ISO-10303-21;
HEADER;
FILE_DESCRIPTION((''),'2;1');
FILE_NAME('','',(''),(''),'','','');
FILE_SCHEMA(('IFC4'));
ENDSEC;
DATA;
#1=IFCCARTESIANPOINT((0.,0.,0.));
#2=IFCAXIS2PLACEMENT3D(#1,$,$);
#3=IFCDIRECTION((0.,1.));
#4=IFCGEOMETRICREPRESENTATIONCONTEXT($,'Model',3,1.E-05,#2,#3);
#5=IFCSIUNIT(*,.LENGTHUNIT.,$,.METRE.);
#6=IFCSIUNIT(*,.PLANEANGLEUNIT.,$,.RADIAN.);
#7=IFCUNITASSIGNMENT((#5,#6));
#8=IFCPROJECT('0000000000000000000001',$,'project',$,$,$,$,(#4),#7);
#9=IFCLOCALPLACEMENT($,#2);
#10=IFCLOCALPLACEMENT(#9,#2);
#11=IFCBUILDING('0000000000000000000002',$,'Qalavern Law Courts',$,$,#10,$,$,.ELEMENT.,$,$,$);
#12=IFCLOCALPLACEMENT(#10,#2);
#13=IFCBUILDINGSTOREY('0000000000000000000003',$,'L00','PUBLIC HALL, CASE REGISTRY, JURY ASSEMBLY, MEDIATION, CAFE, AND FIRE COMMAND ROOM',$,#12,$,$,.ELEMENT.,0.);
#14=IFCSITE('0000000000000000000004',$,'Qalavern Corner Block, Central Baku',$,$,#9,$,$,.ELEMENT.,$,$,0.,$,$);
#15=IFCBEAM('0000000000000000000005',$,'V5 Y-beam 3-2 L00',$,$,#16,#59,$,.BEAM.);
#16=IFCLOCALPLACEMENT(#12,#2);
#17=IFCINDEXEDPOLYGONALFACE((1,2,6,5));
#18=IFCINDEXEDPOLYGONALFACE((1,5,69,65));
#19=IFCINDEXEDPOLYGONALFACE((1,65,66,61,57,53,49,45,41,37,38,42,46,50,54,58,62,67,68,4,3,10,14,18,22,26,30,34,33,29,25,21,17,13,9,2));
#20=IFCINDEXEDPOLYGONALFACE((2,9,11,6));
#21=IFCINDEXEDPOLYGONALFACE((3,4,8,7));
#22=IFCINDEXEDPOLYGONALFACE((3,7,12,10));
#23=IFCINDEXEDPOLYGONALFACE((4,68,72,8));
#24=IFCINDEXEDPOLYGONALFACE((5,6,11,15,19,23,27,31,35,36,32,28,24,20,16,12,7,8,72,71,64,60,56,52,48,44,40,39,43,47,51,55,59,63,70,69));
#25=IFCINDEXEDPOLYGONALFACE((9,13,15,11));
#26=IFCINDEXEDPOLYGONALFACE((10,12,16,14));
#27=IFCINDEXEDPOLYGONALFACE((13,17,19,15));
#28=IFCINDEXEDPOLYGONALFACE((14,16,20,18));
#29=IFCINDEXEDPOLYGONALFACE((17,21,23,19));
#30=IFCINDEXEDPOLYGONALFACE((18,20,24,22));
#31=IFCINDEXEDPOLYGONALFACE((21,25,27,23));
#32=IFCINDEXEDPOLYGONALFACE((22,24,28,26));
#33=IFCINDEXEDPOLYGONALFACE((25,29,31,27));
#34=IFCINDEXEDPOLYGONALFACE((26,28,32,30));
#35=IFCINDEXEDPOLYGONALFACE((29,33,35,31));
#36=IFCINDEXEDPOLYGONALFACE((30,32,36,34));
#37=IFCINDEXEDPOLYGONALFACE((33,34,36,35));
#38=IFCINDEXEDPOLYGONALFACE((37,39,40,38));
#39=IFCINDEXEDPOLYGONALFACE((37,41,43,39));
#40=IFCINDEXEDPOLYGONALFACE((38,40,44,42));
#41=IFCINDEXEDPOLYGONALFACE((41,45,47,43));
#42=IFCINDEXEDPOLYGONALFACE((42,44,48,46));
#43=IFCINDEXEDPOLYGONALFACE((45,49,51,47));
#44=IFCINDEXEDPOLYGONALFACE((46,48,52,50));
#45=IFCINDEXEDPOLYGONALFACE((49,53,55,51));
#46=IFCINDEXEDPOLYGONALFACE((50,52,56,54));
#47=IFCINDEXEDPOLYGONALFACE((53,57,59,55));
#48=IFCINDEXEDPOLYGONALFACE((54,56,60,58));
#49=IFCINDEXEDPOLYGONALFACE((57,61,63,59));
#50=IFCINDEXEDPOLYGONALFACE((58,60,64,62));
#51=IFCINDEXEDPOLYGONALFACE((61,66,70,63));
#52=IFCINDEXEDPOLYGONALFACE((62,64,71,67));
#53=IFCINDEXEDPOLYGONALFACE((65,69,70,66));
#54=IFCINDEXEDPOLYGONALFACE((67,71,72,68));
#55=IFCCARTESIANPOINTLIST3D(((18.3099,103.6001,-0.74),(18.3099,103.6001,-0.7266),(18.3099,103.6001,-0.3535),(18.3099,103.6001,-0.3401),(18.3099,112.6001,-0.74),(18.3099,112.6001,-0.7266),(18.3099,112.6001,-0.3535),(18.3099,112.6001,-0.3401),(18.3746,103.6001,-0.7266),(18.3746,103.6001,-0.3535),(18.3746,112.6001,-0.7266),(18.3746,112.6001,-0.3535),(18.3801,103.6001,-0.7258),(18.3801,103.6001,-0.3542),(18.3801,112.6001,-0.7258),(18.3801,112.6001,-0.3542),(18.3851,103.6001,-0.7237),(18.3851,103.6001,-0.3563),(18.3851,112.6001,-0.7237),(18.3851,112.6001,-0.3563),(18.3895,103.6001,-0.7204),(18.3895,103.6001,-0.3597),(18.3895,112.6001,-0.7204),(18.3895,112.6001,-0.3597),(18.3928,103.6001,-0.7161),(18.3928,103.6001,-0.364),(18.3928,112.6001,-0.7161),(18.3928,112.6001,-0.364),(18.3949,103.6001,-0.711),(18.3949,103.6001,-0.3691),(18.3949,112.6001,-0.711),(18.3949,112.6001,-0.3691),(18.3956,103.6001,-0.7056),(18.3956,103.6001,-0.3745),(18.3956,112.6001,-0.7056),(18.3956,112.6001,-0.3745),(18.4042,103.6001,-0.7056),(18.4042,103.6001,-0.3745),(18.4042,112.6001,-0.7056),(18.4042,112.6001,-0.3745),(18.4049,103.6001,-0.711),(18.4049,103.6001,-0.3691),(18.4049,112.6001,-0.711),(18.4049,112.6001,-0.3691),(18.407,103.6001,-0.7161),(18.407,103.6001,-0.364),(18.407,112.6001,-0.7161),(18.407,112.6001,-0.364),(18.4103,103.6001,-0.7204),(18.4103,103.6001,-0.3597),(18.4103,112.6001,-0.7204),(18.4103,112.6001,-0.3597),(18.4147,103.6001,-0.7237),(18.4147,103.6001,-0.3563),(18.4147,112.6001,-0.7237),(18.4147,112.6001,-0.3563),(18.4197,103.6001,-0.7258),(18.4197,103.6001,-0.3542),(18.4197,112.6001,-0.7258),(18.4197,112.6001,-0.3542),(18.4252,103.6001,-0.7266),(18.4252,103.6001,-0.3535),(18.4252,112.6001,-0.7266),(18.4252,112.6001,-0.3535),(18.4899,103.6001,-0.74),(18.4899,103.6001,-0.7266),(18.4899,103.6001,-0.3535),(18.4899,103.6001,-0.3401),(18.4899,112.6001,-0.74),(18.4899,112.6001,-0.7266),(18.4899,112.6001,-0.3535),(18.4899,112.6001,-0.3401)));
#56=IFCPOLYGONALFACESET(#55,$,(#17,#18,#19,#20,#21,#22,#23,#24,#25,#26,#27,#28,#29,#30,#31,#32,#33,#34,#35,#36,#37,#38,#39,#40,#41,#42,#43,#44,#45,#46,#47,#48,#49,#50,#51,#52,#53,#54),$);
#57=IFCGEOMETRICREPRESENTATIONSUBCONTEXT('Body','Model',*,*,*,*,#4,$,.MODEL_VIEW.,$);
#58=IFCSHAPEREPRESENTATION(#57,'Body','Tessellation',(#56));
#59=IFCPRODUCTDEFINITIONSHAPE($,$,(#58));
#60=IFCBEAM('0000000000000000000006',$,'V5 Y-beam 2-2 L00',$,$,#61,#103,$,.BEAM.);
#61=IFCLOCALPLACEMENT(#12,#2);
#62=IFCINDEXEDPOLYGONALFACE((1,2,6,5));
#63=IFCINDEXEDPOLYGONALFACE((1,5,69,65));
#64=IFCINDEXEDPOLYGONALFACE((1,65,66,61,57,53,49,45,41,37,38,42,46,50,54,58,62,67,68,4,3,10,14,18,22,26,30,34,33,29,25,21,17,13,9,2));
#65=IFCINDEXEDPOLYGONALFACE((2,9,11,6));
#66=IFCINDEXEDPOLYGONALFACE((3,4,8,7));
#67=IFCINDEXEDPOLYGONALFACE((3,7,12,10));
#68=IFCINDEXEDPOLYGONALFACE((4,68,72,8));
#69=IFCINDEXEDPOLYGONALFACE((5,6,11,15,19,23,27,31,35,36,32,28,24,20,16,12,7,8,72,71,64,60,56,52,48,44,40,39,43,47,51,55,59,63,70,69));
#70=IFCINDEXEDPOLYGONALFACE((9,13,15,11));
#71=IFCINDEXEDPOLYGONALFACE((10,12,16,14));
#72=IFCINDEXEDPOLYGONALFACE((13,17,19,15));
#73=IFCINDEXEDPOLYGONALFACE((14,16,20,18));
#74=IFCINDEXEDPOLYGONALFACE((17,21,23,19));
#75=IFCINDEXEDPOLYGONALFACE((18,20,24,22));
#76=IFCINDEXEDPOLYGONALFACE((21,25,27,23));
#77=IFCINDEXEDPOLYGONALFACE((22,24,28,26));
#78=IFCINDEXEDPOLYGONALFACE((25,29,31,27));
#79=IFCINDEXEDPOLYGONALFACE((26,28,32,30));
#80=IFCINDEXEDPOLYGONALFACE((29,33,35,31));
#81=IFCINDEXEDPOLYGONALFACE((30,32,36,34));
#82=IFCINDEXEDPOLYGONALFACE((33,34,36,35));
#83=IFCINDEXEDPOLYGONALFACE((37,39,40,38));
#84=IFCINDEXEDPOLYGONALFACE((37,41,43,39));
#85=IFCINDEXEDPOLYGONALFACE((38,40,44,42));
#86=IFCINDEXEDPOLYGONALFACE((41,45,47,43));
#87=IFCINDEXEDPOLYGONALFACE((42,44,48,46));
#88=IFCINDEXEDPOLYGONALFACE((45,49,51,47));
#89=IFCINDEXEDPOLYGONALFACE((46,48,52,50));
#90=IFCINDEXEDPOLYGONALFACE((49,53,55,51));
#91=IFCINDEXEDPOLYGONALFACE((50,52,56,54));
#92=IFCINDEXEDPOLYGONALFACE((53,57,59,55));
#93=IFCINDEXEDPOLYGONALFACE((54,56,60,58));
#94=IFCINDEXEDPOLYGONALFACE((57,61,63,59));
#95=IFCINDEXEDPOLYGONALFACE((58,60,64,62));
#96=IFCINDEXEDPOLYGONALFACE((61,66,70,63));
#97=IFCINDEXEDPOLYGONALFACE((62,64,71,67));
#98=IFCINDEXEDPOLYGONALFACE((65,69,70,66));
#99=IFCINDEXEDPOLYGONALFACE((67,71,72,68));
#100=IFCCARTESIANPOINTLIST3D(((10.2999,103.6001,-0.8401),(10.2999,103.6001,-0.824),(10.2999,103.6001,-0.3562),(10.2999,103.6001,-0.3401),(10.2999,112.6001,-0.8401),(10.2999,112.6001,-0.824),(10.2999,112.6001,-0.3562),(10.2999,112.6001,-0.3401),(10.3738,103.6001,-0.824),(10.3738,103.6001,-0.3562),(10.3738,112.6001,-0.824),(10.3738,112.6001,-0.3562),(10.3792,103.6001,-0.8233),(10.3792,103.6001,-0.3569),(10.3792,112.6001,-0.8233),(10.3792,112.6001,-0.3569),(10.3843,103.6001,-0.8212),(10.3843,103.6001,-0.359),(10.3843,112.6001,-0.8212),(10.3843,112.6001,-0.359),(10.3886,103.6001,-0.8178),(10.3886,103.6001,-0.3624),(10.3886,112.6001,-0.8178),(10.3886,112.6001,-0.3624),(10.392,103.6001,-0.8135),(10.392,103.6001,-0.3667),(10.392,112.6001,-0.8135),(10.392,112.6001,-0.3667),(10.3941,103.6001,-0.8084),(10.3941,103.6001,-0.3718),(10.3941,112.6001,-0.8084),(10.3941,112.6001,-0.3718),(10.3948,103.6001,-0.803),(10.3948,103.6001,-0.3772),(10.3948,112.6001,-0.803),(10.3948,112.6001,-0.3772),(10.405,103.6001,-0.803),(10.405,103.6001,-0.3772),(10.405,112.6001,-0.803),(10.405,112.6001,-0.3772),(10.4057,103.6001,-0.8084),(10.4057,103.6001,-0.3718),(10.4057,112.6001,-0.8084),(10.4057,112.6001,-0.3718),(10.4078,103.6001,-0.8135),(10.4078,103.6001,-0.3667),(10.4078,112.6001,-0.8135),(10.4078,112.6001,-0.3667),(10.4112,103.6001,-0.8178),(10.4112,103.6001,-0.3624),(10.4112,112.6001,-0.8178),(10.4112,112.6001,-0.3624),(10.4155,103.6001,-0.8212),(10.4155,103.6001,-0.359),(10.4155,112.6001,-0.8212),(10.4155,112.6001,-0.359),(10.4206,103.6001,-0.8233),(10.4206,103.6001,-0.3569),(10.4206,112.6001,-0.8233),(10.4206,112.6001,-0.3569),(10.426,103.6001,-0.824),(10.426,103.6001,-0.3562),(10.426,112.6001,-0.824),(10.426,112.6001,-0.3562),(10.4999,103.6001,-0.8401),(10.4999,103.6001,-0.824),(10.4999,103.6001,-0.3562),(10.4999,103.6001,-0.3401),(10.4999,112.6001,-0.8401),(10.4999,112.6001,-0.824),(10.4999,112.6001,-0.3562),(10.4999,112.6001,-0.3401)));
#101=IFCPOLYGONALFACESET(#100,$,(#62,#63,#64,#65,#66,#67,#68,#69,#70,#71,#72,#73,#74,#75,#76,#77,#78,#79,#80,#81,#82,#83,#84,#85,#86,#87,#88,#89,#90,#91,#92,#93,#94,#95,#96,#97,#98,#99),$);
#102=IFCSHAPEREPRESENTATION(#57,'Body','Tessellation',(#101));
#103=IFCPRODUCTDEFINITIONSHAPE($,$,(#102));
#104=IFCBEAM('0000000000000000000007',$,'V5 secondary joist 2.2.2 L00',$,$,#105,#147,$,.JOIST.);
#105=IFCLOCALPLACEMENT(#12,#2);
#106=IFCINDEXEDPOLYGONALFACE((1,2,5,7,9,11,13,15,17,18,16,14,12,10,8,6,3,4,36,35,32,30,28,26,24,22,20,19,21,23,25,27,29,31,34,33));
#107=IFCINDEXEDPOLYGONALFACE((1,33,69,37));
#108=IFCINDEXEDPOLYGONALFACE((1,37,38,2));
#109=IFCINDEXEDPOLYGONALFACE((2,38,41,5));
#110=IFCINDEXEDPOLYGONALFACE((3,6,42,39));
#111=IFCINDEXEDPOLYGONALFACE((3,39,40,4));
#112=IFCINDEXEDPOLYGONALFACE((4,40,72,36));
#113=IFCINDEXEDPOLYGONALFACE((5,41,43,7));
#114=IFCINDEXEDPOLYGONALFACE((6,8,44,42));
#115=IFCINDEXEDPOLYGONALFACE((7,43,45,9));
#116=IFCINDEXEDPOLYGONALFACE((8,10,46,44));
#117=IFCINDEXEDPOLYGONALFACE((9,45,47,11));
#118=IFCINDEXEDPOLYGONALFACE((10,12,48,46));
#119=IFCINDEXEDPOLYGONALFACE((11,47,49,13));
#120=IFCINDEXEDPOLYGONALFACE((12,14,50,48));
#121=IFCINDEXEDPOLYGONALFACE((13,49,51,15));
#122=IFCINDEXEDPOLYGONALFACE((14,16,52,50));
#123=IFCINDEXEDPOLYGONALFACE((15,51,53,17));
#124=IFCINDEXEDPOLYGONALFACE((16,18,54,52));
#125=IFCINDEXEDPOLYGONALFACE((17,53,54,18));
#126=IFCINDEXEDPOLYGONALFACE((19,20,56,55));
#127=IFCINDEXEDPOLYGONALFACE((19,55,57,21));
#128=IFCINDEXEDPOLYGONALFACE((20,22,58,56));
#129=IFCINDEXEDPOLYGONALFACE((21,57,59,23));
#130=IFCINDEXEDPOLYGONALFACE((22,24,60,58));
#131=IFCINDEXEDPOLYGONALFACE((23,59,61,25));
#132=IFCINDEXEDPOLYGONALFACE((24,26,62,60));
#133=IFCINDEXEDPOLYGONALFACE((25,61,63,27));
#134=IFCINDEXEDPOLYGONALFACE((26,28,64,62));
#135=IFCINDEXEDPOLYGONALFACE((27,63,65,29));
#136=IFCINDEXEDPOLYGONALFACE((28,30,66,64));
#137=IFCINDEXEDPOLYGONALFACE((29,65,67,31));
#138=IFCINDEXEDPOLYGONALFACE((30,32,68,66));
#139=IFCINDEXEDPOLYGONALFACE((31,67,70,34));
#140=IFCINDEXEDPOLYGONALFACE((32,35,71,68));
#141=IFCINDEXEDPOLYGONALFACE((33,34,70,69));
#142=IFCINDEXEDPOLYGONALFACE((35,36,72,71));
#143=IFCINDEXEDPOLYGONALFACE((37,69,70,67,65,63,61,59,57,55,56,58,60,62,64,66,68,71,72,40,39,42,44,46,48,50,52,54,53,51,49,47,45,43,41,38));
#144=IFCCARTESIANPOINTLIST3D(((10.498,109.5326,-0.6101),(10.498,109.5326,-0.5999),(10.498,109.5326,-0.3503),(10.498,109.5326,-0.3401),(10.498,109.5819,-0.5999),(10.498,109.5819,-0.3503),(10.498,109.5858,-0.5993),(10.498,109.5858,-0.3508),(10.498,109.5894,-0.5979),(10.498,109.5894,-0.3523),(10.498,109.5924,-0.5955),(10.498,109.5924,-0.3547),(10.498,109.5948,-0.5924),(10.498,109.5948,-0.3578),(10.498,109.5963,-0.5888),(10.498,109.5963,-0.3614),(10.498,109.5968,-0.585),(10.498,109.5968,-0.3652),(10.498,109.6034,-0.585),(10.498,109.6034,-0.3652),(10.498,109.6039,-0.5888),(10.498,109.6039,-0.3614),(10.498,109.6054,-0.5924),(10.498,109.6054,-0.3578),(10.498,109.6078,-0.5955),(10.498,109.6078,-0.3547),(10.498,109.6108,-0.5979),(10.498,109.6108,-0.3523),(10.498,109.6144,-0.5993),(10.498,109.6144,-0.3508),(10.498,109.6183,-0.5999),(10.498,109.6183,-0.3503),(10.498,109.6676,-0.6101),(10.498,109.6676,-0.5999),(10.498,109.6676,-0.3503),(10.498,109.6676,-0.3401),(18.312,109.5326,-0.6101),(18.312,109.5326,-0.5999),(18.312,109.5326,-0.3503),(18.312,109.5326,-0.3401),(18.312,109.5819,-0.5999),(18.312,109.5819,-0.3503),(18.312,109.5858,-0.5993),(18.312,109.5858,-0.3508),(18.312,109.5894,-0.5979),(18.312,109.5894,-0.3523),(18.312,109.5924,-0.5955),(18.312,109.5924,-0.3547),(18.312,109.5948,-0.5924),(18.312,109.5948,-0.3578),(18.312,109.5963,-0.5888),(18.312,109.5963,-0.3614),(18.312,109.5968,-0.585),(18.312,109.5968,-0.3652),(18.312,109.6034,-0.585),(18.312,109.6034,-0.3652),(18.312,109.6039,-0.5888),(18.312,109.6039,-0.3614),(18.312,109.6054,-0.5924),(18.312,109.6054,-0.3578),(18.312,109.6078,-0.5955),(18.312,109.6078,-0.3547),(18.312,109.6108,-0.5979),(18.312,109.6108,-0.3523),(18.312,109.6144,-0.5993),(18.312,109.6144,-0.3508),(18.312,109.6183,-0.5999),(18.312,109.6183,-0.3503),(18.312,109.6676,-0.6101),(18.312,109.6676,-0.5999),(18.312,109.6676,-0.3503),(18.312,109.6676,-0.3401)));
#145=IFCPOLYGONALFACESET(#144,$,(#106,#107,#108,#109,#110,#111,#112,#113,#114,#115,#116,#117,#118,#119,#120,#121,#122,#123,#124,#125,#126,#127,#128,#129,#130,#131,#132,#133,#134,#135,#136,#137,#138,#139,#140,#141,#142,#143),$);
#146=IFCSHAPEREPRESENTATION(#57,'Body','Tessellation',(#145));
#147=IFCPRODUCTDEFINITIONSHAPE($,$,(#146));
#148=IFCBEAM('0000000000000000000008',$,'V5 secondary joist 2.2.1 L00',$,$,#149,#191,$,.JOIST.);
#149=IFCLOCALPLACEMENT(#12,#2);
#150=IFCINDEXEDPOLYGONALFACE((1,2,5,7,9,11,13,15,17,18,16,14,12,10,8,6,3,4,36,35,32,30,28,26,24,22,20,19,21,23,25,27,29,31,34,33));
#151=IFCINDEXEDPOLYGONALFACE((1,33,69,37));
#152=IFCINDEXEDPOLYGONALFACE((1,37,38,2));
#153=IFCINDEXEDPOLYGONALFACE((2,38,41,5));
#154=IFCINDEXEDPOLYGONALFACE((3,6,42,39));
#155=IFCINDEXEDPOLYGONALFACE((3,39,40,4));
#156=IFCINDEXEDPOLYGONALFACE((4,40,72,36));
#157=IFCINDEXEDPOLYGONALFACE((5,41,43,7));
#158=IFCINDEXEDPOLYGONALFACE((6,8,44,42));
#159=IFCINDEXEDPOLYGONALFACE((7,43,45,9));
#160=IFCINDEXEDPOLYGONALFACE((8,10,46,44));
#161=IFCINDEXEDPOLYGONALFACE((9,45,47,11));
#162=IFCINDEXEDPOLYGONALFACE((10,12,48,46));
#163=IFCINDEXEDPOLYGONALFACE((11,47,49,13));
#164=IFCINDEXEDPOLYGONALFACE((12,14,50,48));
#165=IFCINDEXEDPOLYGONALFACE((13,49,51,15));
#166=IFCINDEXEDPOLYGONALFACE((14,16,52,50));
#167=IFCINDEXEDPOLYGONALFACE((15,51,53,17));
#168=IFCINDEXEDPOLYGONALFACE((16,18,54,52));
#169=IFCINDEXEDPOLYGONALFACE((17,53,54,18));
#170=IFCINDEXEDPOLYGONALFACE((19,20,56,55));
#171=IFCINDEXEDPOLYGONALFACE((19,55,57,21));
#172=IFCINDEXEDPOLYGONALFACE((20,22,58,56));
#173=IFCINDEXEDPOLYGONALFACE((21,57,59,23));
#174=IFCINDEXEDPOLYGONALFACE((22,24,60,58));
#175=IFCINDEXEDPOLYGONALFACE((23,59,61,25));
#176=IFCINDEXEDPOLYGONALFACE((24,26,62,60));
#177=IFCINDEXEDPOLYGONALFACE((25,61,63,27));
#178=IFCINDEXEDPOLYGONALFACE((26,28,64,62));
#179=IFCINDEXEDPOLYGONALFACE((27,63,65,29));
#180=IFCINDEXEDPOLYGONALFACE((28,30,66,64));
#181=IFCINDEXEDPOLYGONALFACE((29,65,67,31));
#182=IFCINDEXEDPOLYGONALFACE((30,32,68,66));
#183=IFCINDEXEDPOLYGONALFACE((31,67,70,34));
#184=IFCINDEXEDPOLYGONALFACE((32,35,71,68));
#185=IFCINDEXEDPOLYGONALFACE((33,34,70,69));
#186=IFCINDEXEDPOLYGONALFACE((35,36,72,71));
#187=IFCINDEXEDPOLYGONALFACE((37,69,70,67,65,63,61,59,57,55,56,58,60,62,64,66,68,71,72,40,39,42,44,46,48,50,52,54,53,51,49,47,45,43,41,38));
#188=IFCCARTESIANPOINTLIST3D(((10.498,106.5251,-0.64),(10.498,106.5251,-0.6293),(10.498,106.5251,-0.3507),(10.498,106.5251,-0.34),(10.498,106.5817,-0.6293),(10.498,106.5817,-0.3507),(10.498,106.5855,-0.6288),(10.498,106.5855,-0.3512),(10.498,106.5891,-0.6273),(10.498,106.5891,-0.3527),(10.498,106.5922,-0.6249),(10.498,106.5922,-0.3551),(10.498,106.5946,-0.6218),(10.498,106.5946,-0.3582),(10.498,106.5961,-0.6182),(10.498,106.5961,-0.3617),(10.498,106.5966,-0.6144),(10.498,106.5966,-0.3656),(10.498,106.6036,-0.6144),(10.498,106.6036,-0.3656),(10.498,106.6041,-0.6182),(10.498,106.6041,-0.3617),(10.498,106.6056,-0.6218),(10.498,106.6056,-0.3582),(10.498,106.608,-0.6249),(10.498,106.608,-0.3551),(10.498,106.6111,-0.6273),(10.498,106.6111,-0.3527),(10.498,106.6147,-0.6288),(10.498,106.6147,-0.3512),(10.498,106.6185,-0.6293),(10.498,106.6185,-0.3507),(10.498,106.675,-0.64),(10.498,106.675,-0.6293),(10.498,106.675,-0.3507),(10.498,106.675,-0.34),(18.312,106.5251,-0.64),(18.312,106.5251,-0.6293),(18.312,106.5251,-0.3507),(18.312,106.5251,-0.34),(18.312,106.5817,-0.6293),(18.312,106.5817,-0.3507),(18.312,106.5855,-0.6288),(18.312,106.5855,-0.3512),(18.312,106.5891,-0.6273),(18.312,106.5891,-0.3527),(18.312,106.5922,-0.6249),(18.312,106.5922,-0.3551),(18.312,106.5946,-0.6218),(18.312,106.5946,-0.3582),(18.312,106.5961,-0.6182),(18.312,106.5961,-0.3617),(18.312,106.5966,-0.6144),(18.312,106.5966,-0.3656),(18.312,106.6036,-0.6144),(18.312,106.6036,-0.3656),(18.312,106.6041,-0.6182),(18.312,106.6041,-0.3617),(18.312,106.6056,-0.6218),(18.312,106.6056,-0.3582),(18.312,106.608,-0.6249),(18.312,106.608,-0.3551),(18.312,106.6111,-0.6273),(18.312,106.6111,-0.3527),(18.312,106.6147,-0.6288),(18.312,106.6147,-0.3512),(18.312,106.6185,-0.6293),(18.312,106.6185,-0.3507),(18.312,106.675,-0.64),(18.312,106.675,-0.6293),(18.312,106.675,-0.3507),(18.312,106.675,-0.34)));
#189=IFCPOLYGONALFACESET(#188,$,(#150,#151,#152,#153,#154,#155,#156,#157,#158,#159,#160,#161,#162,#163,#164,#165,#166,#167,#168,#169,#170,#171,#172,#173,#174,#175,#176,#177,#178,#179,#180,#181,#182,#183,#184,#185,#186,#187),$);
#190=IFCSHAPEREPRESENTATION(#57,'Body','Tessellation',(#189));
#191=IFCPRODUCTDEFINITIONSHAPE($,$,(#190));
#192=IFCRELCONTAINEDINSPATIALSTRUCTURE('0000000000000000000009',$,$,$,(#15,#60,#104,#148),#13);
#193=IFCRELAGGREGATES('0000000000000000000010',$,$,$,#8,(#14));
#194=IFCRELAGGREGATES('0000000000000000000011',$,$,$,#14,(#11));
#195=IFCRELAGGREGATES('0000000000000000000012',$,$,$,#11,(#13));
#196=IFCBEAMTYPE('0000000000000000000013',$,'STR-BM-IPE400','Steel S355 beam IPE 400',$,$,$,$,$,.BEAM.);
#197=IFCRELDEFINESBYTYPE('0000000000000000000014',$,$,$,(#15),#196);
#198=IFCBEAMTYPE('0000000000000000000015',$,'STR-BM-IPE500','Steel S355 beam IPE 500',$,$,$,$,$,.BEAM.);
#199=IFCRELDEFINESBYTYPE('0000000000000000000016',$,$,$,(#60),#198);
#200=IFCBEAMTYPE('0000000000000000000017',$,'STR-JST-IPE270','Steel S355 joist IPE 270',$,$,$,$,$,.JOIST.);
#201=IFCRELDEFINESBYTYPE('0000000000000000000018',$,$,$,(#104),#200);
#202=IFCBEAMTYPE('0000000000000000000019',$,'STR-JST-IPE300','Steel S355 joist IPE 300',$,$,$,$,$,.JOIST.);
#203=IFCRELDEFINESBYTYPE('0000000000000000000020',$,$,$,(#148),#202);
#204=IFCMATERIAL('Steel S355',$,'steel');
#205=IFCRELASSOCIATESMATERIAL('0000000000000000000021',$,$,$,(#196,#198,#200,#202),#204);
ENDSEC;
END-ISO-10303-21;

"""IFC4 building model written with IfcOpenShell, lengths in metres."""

from ifc_helpers import new_model, si_unit, direction, frame, origin, origin_2d, place, context, subcontext, project, spatial, i_section, extrude, material, material_profile, profile_set, type_object, element, save


model = new_model("IFC4")

# Units and contexts
model_context = context("Model", 3, precision=1e-05, world=origin(), true_north=direction((0.0, 1.0)))
body_context = subcontext(model_context, "Body", "Model", "MODEL_VIEW")
ifc_project = project(units=[si_unit("LENGTHUNIT", "METRE"), si_unit("PLANEANGLEUNIT", "RADIAN")], contexts=[model_context])

# Site, building, storey
site_placement = place(None, origin())
site = spatial("IfcSite", under=ifc_project, at=site_placement, Name="Qalavern Corner Block, Central Baku", CompositionType="ELEMENT", RefElevation=0.0)
building_placement = place(site_placement, origin())
building = spatial("IfcBuilding", under=site, at=building_placement, Name="Qalavern Law Courts", CompositionType="ELEMENT")
storey_placement = place(building_placement, origin())
storey = spatial("IfcBuildingStorey", under=building, at=storey_placement, Name="L00", Description="PUBLIC HALL, CASE REGISTRY, JURY ASSEMBLY, MEDIATION, CAFE, AND FIRE COMMAND ROOM", CompositionType="ELEMENT", Elevation=0.0)

# Beams
ifc_material_1 = material(Name="Steel S355", Category="steel")
ifc_material_profile_1 = material_profile(ifc_material_1, i_section(OverallWidth=0.1799, OverallDepth=0.3999, WebThickness=0.0085, FlangeThickness=0.0134, FilletRadius=0.021, at=origin_2d()), Name="IPE 400")
ifc_profile_set_1 = profile_set([ifc_material_profile_1], Name="Steel S355")
beam_type_1 = type_object("IfcBeamType", Name="STR-BM-IPE400", Description="Steel S355 beam IPE 400", PredefinedType="BEAM", material=ifc_profile_set_1)
beam_1_placement = place(storey_placement, frame((18.3999, 103.6001, -0.54), z_axis=(0.0, 1.0, 0.0), x_axis=(-1.0, 0.0, 0.0)))
element("IfcBeam", 1, at=beam_1_placement, inside=storey, type_object=beam_type_1, Name="V5 Y-beam 3-2 L00", PredefinedType="BEAM", context=body_context, shape_type="SweptSolid", body=[
    extrude(i_section(OverallWidth=0.1799, OverallDepth=0.3999, WebThickness=0.0085, FlangeThickness=0.0134, FilletRadius=0.021, at=origin_2d()), origin(), (0.0, 0.0, 1.0), 9.0),
])
ifc_material_profile_2 = material_profile(ifc_material_1, i_section(OverallWidth=0.2, OverallDepth=0.5, WebThickness=0.0103, FlangeThickness=0.0161, FilletRadius=0.021, at=origin_2d()), Name="IPE 500")
ifc_profile_set_2 = profile_set([ifc_material_profile_2], Name="Steel S355")
beam_type_2 = type_object("IfcBeamType", Name="STR-BM-IPE500", Description="Steel S355 beam IPE 500", PredefinedType="BEAM", material=ifc_profile_set_2)
beam_2_placement = place(storey_placement, frame((10.3999, 103.6001, -0.5901), z_axis=(0.0, 1.0, 0.0), x_axis=(-1.0, 0.0, 0.0)))
element("IfcBeam", 2, at=beam_2_placement, inside=storey, type_object=beam_type_2, Name="V5 Y-beam 2-2 L00", PredefinedType="BEAM", context=body_context, shape_type="SweptSolid", body=[
    extrude(i_section(OverallWidth=0.2, OverallDepth=0.5, WebThickness=0.0103, FlangeThickness=0.0161, FilletRadius=0.021, at=origin_2d()), origin(), (0.0, 0.0, 1.0), 9.0),
])
ifc_material_profile_3 = material_profile(ifc_material_1, i_section(OverallWidth=0.135, OverallDepth=0.27, WebThickness=0.0066, FlangeThickness=0.0103, FilletRadius=0.0149, at=origin_2d()), Name="IPE 270")
ifc_profile_set_3 = profile_set([ifc_material_profile_3], Name="Steel S355")
beam_type_3 = type_object("IfcBeamType", Name="STR-JST-IPE270", Description="Steel S355 joist IPE 270", PredefinedType="JOIST", material=ifc_profile_set_3)
beam_3_placement = place(storey_placement, frame((10.498, 109.6001, -0.4751), z_axis=(1.0, 0.0, 0.0), x_axis=(0.0, 1.0, 0.0)))
element("IfcBeam", 3, at=beam_3_placement, inside=storey, type_object=beam_type_3, Name="V5 secondary joist 2.2.2 L00", PredefinedType="JOIST", context=body_context, shape_type="SweptSolid", body=[
    extrude(i_section(OverallWidth=0.135, OverallDepth=0.27, WebThickness=0.0066, FlangeThickness=0.0103, FilletRadius=0.0149, at=origin_2d()), origin(), (0.0, 0.0, 1.0), 7.814),
])
ifc_material_profile_4 = material_profile(ifc_material_1, i_section(OverallWidth=0.1499, OverallDepth=0.3, WebThickness=0.0071, FlangeThickness=0.0107, FilletRadius=0.0149, at=origin_2d()), Name="IPE 300")
ifc_profile_set_4 = profile_set([ifc_material_profile_4], Name="Steel S355")
beam_type_4 = type_object("IfcBeamType", Name="STR-JST-IPE300", Description="Steel S355 joist IPE 300", PredefinedType="JOIST", material=ifc_profile_set_4)
beam_4_placement = place(storey_placement, frame((10.498, 106.6001, -0.49), z_axis=(1.0, 0.0, 0.0), x_axis=(0.0, 1.0, 0.0)))
element("IfcBeam", 4, at=beam_4_placement, inside=storey, type_object=beam_type_4, Name="V5 secondary joist 2.2.1 L00", PredefinedType="JOIST", context=body_context, shape_type="SweptSolid", body=[
    extrude(i_section(OverallWidth=0.1499, OverallDepth=0.3, WebThickness=0.0071, FlangeThickness=0.0107, FilletRadius=0.0149, at=origin_2d()), origin(), (0.0, 0.0, 1.0), 7.814),
])

save(model, "model.ifc")
